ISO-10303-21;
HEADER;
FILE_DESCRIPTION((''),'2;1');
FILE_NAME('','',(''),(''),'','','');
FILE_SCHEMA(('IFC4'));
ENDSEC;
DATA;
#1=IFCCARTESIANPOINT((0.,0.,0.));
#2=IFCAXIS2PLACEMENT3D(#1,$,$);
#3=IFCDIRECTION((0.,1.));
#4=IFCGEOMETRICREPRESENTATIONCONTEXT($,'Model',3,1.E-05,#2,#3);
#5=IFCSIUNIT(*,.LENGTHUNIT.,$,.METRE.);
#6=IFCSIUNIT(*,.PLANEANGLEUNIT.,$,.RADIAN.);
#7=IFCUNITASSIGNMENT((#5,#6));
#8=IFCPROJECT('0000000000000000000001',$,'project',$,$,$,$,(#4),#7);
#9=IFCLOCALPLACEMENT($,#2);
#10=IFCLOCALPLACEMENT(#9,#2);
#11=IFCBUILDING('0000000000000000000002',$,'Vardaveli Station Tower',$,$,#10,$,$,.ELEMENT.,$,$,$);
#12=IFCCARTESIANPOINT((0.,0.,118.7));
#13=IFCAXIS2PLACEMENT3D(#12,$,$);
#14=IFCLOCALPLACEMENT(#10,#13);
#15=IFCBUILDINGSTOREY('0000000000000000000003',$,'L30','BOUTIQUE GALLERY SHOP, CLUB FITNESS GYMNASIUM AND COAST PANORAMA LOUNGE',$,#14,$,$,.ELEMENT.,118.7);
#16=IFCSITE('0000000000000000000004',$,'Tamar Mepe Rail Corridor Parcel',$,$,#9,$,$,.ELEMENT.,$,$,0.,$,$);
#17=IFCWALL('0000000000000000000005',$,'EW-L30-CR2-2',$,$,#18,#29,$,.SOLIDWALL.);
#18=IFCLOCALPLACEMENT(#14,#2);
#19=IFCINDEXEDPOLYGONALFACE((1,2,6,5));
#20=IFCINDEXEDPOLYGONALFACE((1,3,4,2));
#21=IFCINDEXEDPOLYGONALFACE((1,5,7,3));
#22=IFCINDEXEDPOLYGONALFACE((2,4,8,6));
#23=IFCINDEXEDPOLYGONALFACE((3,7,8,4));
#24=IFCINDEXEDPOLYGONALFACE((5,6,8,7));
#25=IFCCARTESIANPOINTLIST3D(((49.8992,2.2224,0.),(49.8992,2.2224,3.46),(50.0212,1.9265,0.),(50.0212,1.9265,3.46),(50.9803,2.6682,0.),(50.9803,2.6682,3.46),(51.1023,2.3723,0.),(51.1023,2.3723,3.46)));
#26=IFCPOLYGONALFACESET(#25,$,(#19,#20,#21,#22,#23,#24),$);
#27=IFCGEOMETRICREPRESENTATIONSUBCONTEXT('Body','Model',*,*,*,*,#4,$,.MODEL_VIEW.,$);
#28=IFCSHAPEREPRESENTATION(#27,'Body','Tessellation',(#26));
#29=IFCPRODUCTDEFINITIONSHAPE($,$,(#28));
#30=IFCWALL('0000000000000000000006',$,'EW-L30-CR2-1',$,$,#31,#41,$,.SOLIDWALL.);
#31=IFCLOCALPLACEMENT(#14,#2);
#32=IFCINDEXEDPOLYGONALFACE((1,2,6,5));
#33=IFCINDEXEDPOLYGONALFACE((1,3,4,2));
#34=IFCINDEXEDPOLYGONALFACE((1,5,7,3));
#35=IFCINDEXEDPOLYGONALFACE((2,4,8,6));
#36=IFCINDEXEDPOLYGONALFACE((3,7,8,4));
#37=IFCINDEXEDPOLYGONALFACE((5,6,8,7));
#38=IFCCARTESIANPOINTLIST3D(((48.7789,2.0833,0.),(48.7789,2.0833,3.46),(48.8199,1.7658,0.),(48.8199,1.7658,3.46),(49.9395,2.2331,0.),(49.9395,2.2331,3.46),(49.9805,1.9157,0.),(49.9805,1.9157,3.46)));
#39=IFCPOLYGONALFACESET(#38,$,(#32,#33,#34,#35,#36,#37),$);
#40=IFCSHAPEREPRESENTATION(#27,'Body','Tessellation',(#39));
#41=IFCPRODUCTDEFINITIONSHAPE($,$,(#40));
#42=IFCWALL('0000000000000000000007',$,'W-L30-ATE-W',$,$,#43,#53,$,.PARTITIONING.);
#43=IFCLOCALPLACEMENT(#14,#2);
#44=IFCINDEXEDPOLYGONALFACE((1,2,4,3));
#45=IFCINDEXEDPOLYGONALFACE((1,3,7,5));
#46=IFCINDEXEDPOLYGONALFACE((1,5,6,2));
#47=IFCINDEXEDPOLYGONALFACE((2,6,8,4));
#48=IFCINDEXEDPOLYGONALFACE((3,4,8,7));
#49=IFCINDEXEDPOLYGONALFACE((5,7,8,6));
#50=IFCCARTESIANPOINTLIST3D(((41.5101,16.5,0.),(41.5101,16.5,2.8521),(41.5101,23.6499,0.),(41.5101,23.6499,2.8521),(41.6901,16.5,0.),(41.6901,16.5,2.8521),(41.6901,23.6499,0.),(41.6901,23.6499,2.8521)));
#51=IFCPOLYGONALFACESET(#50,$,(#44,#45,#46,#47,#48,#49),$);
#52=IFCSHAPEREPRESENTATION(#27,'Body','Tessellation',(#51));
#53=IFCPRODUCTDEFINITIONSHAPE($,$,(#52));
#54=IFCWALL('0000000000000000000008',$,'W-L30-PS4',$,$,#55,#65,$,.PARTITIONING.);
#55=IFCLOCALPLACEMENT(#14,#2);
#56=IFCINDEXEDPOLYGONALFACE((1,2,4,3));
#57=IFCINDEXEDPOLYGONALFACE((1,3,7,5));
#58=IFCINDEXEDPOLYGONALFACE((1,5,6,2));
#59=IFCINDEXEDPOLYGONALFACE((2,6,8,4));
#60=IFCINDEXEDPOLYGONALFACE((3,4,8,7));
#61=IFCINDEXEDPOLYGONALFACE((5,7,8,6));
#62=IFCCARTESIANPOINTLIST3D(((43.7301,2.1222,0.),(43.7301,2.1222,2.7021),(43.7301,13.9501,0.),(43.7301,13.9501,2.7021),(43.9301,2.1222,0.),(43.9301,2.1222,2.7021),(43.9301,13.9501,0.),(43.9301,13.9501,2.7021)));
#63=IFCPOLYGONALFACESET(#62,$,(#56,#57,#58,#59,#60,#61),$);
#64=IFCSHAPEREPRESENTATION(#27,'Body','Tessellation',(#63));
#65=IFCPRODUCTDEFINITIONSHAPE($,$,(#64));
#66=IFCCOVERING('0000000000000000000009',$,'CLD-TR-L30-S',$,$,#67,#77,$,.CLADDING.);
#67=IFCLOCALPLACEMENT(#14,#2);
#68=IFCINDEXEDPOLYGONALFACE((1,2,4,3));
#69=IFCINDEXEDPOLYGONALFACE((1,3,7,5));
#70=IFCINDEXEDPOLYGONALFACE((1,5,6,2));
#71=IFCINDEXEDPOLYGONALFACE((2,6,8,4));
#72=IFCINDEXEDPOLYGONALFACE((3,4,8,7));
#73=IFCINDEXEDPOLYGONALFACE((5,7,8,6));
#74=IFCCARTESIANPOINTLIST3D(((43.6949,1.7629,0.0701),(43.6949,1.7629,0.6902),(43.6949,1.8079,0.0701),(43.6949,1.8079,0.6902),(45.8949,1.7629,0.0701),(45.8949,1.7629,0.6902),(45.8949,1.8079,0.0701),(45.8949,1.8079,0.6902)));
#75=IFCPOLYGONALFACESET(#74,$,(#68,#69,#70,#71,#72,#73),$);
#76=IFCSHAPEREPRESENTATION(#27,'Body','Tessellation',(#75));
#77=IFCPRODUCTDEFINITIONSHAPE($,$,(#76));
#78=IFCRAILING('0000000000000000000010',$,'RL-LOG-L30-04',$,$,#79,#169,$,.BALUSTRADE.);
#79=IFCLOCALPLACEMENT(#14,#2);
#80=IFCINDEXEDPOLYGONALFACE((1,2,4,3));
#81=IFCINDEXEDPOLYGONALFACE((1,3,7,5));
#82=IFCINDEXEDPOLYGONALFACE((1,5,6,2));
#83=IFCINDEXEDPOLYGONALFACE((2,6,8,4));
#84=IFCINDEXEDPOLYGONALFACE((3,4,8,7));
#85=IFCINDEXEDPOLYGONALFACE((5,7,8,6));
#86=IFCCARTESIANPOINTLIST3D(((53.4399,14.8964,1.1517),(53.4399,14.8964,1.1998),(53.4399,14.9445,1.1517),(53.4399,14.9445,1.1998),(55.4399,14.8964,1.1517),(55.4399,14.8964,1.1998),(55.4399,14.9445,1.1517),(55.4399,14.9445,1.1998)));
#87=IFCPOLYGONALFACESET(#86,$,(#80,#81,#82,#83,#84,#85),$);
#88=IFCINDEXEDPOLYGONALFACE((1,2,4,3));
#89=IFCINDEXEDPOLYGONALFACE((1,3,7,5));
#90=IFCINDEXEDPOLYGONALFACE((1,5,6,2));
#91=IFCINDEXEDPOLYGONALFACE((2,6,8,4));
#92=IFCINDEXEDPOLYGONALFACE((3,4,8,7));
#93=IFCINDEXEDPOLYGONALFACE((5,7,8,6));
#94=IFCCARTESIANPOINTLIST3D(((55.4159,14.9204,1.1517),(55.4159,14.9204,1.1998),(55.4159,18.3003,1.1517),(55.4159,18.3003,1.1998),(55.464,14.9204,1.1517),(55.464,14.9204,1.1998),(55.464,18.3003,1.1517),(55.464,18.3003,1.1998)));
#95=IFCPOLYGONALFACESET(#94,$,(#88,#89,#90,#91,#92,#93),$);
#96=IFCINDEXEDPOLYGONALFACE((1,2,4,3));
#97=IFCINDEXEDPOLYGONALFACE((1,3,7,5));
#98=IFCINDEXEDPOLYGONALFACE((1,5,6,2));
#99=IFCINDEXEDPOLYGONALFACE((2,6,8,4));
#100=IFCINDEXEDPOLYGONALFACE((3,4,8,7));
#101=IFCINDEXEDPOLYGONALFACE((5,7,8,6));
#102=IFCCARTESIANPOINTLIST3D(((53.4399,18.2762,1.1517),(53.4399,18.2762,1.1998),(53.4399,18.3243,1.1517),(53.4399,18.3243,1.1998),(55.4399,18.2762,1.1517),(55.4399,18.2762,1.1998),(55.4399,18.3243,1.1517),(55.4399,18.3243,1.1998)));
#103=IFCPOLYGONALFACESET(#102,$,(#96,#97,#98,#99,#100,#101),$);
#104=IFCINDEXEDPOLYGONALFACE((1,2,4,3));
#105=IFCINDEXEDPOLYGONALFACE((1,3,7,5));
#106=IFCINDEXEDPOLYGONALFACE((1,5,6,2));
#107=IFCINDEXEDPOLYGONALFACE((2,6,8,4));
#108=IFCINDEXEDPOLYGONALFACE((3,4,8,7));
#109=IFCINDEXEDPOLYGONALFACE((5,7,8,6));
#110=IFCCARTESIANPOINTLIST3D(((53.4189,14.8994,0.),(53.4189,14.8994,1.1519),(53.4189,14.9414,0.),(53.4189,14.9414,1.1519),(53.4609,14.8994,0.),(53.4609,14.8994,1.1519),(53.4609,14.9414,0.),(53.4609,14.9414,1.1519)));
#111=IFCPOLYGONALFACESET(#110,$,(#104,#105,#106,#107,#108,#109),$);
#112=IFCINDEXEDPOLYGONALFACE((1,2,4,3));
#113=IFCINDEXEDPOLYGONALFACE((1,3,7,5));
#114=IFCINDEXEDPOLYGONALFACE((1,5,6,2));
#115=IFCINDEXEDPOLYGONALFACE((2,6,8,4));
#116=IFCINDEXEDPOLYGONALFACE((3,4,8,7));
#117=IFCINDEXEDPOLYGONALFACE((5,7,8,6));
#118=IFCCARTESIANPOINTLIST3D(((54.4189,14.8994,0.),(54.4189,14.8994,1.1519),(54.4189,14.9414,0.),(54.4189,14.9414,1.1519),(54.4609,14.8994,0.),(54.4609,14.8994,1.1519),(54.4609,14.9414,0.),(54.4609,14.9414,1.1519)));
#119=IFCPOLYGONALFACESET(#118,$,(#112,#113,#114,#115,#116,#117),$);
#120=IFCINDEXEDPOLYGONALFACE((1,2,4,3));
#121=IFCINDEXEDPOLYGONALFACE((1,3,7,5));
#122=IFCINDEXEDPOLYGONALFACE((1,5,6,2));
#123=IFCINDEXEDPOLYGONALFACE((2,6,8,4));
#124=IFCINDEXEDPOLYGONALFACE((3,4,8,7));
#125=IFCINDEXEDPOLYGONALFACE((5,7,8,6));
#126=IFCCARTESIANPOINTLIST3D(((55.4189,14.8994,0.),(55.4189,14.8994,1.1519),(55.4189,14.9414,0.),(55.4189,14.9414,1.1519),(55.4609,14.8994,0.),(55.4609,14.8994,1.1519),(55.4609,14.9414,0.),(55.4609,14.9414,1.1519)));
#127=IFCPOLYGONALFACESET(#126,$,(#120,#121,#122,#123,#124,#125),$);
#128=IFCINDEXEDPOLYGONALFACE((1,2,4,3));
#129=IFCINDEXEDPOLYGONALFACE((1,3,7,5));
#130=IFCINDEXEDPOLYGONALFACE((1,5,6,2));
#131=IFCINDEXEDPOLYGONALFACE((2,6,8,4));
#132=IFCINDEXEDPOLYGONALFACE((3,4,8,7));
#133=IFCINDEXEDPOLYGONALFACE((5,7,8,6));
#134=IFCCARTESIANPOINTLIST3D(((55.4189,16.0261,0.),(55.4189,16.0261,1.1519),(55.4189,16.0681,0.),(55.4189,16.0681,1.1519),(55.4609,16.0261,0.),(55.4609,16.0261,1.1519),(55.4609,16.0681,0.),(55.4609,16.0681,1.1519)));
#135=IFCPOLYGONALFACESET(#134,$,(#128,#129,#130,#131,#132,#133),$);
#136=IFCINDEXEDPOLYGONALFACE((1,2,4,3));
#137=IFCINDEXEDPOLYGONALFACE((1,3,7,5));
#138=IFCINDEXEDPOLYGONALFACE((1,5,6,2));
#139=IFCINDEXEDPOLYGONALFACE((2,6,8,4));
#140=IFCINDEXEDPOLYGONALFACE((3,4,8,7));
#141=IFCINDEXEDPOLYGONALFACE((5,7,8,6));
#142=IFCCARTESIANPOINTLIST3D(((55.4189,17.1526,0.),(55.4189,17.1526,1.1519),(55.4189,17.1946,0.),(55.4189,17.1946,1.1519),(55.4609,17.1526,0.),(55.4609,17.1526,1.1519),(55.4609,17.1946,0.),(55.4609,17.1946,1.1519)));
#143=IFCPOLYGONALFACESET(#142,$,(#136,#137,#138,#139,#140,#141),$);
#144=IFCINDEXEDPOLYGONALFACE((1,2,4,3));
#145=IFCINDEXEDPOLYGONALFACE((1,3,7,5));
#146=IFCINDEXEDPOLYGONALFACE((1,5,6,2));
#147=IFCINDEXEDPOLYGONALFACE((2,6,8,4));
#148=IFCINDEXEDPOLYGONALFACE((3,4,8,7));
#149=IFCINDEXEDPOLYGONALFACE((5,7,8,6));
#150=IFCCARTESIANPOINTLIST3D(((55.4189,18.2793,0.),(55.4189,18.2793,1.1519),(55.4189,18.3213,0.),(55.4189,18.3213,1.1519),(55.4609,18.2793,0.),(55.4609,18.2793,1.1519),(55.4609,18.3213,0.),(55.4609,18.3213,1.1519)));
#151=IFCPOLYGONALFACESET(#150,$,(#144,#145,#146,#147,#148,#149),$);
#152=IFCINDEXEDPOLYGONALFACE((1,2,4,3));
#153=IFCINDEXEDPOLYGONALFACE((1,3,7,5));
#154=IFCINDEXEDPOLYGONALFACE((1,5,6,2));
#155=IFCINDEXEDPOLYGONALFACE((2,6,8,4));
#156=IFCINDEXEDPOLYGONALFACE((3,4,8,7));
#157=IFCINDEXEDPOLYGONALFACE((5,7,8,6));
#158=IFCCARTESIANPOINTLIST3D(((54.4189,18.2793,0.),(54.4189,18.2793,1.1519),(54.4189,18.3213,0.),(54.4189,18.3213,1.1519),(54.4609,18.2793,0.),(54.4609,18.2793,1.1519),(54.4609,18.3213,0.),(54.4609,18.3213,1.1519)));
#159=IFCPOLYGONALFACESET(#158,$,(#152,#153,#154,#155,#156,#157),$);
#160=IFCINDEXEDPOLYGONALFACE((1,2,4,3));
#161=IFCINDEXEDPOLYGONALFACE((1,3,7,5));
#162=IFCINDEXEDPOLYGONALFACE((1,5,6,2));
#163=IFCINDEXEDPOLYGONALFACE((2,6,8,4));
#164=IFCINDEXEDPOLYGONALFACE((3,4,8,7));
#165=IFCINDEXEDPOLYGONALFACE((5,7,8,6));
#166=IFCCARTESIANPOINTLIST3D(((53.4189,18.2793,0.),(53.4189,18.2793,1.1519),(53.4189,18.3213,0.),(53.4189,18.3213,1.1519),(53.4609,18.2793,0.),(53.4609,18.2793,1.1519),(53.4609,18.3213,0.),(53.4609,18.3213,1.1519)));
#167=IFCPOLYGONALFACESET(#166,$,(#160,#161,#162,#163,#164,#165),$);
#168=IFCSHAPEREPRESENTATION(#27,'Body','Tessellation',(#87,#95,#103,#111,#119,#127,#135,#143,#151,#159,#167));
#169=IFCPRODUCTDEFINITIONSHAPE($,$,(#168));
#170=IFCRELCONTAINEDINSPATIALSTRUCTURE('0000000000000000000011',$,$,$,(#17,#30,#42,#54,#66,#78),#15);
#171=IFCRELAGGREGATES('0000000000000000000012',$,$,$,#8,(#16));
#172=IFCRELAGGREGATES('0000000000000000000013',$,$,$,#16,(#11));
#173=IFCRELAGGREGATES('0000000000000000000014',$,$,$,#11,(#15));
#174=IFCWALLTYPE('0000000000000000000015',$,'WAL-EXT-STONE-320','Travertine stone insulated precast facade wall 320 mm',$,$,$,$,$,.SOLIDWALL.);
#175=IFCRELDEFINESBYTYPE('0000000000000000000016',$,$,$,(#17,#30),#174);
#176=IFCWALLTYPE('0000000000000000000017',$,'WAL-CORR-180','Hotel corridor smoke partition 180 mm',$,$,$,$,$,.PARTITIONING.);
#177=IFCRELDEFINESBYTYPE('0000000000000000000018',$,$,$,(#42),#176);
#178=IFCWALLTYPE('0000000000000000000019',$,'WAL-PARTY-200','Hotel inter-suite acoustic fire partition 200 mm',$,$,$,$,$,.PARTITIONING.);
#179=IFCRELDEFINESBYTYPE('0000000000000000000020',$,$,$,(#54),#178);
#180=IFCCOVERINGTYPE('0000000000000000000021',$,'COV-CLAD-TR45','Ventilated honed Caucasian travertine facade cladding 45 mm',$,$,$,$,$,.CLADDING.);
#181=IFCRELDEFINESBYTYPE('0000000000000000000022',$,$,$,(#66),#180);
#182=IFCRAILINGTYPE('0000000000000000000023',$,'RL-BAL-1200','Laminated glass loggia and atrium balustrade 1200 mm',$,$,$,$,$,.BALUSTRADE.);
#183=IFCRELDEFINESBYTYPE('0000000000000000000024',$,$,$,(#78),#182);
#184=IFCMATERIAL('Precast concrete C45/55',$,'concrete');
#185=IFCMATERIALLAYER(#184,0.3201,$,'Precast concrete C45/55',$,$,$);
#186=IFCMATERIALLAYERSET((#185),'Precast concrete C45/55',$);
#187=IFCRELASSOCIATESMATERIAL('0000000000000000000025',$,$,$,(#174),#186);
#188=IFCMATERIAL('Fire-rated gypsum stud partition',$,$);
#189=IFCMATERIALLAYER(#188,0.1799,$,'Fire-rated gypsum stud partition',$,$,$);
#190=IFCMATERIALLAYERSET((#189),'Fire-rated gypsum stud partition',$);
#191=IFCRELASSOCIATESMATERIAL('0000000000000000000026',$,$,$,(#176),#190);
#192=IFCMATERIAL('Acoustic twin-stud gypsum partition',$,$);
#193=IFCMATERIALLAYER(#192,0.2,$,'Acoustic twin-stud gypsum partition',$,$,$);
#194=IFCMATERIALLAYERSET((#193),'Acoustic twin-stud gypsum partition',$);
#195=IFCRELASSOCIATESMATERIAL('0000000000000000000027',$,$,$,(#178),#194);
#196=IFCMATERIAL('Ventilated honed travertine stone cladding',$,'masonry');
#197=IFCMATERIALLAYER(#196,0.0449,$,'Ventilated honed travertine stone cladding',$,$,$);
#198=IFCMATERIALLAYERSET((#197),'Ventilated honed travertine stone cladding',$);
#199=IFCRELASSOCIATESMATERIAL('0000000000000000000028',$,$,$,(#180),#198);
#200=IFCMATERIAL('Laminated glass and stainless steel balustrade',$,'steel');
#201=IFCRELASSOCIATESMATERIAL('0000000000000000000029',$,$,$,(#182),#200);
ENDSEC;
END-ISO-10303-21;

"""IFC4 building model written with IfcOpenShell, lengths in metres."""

from ifc_helpers import new_model, si_unit, direction, frame, frame_2d, origin, origin_2d, place, context, subcontext, project, spatial, rectangle, extrude, source, transform, mapped, material, layer, layer_set, type_object, element, save


model = new_model("IFC4")

# Units and contexts
model_context = context("Model", 3, precision=1e-05, world=origin(), true_north=direction((0.0, 1.0)))
body_context = subcontext(model_context, "Body", "Model", "MODEL_VIEW")
ifc_project = project(units=[si_unit("LENGTHUNIT", "METRE"), si_unit("PLANEANGLEUNIT", "RADIAN")], contexts=[model_context])

# Site, building, storey
site_placement = place(None, origin())
site = spatial("IfcSite", under=ifc_project, at=site_placement, Name="Tamar Mepe Rail Corridor Parcel", CompositionType="ELEMENT", RefElevation=0.0)
building_placement = place(site_placement, origin())
building = spatial("IfcBuilding", under=site, at=building_placement, Name="Vardaveli Station Tower", CompositionType="ELEMENT")
storey_placement = place(building_placement, frame((0.0, 0.0, 118.7)))
storey = spatial("IfcBuildingStorey", under=building, at=storey_placement, Name="L30", Description="BOUTIQUE GALLERY SHOP, CLUB FITNESS GYMNASIUM AND COAST PANORAMA LOUNGE", CompositionType="ELEMENT", Elevation=118.7)

# Shared definitions
ifc_material_1 = material(Name="Precast concrete C45/55", Category="concrete")

# Shared definitions
ifc_layer_1 = layer(ifc_material_1, 0.3201, Name="Precast concrete C45/55")
ifc_layer_set_1 = layer_set([ifc_layer_1], Name="Precast concrete C45/55")
wall_type_1 = type_object("IfcWallType", Name="WAL-EXT-STONE-320", Description="Travertine stone insulated precast facade wall 320 mm", PredefinedType="SOLIDWALL", material=ifc_layer_set_1)

# Walls
shared_shape_1 = source(origin(), body_context, "Body", "SweptSolid", [
    extrude(rectangle(XDim=1.1694, YDim=0.3201, at=frame_2d((0.5847, 0.0))), origin(), (0.0, 0.0, 1.0), 3.46),
])
wall_1_placement = place(storey_placement, frame((49.9602, 2.0745, 0.0), z_axis=(0.0, 0.0, 1.0), x_axis=(0.924479, 0.381233, 0.0)))
element("IfcWall", 1, at=wall_1_placement, inside=storey, type_object=wall_type_1, Name="EW-L30-CR2-2", PredefinedType="SOLIDWALL", context=body_context, shape_type="MappedRepresentation", body=[
    mapped(shared_shape_1, transform((0.0, 0.0, 0.0), scale=1.0)),
])
shared_shape_2 = source(origin(), body_context, "Body", "SweptSolid", [
    extrude(rectangle(XDim=1.1702, YDim=0.3201, at=frame_2d((0.585, 0.0))), origin(), (0.0, 0.0, 1.0), 3.46),
])
wall_2_placement = place(storey_placement, frame((48.7996, 1.9246, 0.0), z_axis=(0.0, 0.0, 1.0), x_axis=(0.991762, 0.12809, 0.0)))
element("IfcWall", 2, at=wall_2_placement, inside=storey, type_object=wall_type_1, Name="EW-L30-CR2-1", PredefinedType="SOLIDWALL", context=body_context, shape_type="MappedRepresentation", body=[
    mapped(shared_shape_2, transform((0.0, 0.0, 0.0), scale=1.0)),
])
ifc_material_2 = material(Name="Fire-rated gypsum stud partition")
ifc_layer_2 = layer(ifc_material_2, 0.1799, Name="Fire-rated gypsum stud partition")
ifc_layer_set_2 = layer_set([ifc_layer_2], Name="Fire-rated gypsum stud partition")
wall_type_2 = type_object("IfcWallType", Name="WAL-CORR-180", Description="Hotel corridor smoke partition 180 mm", PredefinedType="PARTITIONING", material=ifc_layer_set_2)
shared_shape_3 = source(origin(), body_context, "Body", "SweptSolid", [
    extrude(rectangle(XDim=7.1499, YDim=0.1799, at=frame_2d((3.575, 0.0))), origin(), (0.0, 0.0, 1.0), 2.8521),
])
wall_3_placement = place(storey_placement, frame((41.6001, 16.5, 0.0), z_axis=(0.0, 0.0, 1.0), x_axis=(0.0, 1.0, 0.0)))
element("IfcWall", 3, at=wall_3_placement, inside=storey, type_object=wall_type_2, Name="W-L30-ATE-W", PredefinedType="PARTITIONING", context=body_context, shape_type="MappedRepresentation", body=[
    mapped(shared_shape_3, transform((0.0, 0.0, 0.0), scale=1.0)),
])
ifc_material_3 = material(Name="Acoustic twin-stud gypsum partition")
ifc_layer_3 = layer(ifc_material_3, 0.2, Name="Acoustic twin-stud gypsum partition")
ifc_layer_set_3 = layer_set([ifc_layer_3], Name="Acoustic twin-stud gypsum partition")
wall_type_3 = type_object("IfcWallType", Name="WAL-PARTY-200", Description="Hotel inter-suite acoustic fire partition 200 mm", PredefinedType="PARTITIONING", material=ifc_layer_set_3)
shared_shape_4 = source(origin(), body_context, "Body", "SweptSolid", [
    extrude(rectangle(XDim=11.8279, YDim=0.2, at=frame_2d((5.9141, 0.0))), origin(), (0.0, 0.0, 1.0), 2.7021),
])
wall_4_placement = place(storey_placement, frame((43.8301, 2.1221, 0.0), z_axis=(0.0, 0.0, 1.0), x_axis=(0.0, 1.0, 0.0)))
element("IfcWall", 4, at=wall_4_placement, inside=storey, type_object=wall_type_3, Name="W-L30-PS4", PredefinedType="PARTITIONING", context=body_context, shape_type="MappedRepresentation", body=[
    mapped(shared_shape_4, transform((0.0, 0.0, 0.0), scale=1.0)),
])

# Covering
ifc_material_4 = material(Name="Ventilated honed travertine stone cladding", Category="masonry")
ifc_layer_4 = layer(ifc_material_4, 0.0449, Name="Ventilated honed travertine stone cladding")
ifc_layer_set_4 = layer_set([ifc_layer_4], Name="Ventilated honed travertine stone cladding")
covering_type = type_object("IfcCoveringType", Name="COV-CLAD-TR45", Description="Ventilated honed Caucasian travertine facade cladding 45 mm", PredefinedType="CLADDING", material=ifc_layer_set_4)
shared_shape_5 = source(origin(), body_context, "Body", "SweptSolid", [
    extrude(rectangle(XDim=2.2, YDim=0.0449, at=origin_2d()), origin(), (0.0, 0.0, 1.0), 0.6201),
])
covering_placement = place(storey_placement, frame((44.7949, 1.7854, 0.0701), z_axis=(0.0, 0.0, 1.0), x_axis=(1.0, 0.0, 0.0)))
element("IfcCovering", 5, at=covering_placement, inside=storey, type_object=covering_type, Name="CLD-TR-L30-S", PredefinedType="CLADDING", context=body_context, shape_type="MappedRepresentation", body=[
    mapped(shared_shape_5, transform((0.0, 0.0, 0.0), scale=1.0)),
])

# Railing
ifc_material_5 = material(Name="Laminated glass and stainless steel balustrade", Category="steel")
railing_type = type_object("IfcRailingType", Name="RL-BAL-1200", Description="Laminated glass loggia and atrium balustrade 1200 mm", PredefinedType="BALUSTRADE", material=ifc_material_5)
shared_shape_6 = source(origin(), body_context, "Body", "SweptSolid", [
    extrude(rectangle(XDim=0.0481, YDim=0.0481, at=origin_2d()), frame((0.0, 0.0, 1.1758), z_axis=(1.0, 0.0, 0.0), x_axis=(0.0, 1.0, 0.0)), (0.0, 0.0, 1.0), 2.0),
    extrude(rectangle(XDim=0.0481, YDim=0.0481, at=origin_2d()), frame((2.0, 0.0, 1.1758), z_axis=(0.0, 1.0, 0.0), x_axis=(-1.0, 0.0, 0.0)), (0.0, 0.0, 1.0), 3.3799),
    extrude(rectangle(XDim=0.0481, YDim=0.0481, at=origin_2d()), frame((2.0, 3.3799, 1.1758), z_axis=(-1.0, 0.0, 0.0), x_axis=(0.0, -1.0, 0.0)), (0.0, 0.0, 1.0), 2.0),
    extrude(rectangle(XDim=0.042, YDim=0.042, at=origin_2d()), origin(), (0.0, 0.0, 1.0), 1.1519),
    extrude(rectangle(XDim=0.042, YDim=0.042, at=origin_2d()), frame((1.0, 0.0, 0.0)), (0.0, 0.0, 1.0), 1.1519),
    extrude(rectangle(XDim=0.042, YDim=0.042, at=origin_2d()), frame((2.0, 0.0, 0.0)), (0.0, 0.0, 1.0), 1.1519),
    extrude(rectangle(XDim=0.042, YDim=0.042, at=origin_2d()), frame((2.0, 1.1267, 0.0)), (0.0, 0.0, 1.0), 1.1519),
    extrude(rectangle(XDim=0.042, YDim=0.042, at=origin_2d()), frame((2.0, 2.2532, 0.0)), (0.0, 0.0, 1.0), 1.1519),
    extrude(rectangle(XDim=0.042, YDim=0.042, at=origin_2d()), frame((2.0, 3.3799, 0.0)), (0.0, 0.0, 1.0), 1.1519),
    extrude(rectangle(XDim=0.042, YDim=0.042, at=origin_2d()), frame((1.0, 3.3799, 0.0)), (0.0, 0.0, 1.0), 1.1519),
    extrude(rectangle(XDim=0.042, YDim=0.042, at=origin_2d()), frame((0.0, 3.3799, 0.0)), (0.0, 0.0, 1.0), 1.1519),
])
railing_placement = place(storey_placement, frame((53.4399, 14.9204, 0.0)))
element("IfcRailing", 6, at=railing_placement, inside=storey, type_object=railing_type, Name="RL-LOG-L30-04", PredefinedType="BALUSTRADE", context=body_context, shape_type="MappedRepresentation", body=[
    mapped(shared_shape_6, transform((0.0, 0.0, 0.0), scale=1.0)),
])

save(model, "model.ifc")
